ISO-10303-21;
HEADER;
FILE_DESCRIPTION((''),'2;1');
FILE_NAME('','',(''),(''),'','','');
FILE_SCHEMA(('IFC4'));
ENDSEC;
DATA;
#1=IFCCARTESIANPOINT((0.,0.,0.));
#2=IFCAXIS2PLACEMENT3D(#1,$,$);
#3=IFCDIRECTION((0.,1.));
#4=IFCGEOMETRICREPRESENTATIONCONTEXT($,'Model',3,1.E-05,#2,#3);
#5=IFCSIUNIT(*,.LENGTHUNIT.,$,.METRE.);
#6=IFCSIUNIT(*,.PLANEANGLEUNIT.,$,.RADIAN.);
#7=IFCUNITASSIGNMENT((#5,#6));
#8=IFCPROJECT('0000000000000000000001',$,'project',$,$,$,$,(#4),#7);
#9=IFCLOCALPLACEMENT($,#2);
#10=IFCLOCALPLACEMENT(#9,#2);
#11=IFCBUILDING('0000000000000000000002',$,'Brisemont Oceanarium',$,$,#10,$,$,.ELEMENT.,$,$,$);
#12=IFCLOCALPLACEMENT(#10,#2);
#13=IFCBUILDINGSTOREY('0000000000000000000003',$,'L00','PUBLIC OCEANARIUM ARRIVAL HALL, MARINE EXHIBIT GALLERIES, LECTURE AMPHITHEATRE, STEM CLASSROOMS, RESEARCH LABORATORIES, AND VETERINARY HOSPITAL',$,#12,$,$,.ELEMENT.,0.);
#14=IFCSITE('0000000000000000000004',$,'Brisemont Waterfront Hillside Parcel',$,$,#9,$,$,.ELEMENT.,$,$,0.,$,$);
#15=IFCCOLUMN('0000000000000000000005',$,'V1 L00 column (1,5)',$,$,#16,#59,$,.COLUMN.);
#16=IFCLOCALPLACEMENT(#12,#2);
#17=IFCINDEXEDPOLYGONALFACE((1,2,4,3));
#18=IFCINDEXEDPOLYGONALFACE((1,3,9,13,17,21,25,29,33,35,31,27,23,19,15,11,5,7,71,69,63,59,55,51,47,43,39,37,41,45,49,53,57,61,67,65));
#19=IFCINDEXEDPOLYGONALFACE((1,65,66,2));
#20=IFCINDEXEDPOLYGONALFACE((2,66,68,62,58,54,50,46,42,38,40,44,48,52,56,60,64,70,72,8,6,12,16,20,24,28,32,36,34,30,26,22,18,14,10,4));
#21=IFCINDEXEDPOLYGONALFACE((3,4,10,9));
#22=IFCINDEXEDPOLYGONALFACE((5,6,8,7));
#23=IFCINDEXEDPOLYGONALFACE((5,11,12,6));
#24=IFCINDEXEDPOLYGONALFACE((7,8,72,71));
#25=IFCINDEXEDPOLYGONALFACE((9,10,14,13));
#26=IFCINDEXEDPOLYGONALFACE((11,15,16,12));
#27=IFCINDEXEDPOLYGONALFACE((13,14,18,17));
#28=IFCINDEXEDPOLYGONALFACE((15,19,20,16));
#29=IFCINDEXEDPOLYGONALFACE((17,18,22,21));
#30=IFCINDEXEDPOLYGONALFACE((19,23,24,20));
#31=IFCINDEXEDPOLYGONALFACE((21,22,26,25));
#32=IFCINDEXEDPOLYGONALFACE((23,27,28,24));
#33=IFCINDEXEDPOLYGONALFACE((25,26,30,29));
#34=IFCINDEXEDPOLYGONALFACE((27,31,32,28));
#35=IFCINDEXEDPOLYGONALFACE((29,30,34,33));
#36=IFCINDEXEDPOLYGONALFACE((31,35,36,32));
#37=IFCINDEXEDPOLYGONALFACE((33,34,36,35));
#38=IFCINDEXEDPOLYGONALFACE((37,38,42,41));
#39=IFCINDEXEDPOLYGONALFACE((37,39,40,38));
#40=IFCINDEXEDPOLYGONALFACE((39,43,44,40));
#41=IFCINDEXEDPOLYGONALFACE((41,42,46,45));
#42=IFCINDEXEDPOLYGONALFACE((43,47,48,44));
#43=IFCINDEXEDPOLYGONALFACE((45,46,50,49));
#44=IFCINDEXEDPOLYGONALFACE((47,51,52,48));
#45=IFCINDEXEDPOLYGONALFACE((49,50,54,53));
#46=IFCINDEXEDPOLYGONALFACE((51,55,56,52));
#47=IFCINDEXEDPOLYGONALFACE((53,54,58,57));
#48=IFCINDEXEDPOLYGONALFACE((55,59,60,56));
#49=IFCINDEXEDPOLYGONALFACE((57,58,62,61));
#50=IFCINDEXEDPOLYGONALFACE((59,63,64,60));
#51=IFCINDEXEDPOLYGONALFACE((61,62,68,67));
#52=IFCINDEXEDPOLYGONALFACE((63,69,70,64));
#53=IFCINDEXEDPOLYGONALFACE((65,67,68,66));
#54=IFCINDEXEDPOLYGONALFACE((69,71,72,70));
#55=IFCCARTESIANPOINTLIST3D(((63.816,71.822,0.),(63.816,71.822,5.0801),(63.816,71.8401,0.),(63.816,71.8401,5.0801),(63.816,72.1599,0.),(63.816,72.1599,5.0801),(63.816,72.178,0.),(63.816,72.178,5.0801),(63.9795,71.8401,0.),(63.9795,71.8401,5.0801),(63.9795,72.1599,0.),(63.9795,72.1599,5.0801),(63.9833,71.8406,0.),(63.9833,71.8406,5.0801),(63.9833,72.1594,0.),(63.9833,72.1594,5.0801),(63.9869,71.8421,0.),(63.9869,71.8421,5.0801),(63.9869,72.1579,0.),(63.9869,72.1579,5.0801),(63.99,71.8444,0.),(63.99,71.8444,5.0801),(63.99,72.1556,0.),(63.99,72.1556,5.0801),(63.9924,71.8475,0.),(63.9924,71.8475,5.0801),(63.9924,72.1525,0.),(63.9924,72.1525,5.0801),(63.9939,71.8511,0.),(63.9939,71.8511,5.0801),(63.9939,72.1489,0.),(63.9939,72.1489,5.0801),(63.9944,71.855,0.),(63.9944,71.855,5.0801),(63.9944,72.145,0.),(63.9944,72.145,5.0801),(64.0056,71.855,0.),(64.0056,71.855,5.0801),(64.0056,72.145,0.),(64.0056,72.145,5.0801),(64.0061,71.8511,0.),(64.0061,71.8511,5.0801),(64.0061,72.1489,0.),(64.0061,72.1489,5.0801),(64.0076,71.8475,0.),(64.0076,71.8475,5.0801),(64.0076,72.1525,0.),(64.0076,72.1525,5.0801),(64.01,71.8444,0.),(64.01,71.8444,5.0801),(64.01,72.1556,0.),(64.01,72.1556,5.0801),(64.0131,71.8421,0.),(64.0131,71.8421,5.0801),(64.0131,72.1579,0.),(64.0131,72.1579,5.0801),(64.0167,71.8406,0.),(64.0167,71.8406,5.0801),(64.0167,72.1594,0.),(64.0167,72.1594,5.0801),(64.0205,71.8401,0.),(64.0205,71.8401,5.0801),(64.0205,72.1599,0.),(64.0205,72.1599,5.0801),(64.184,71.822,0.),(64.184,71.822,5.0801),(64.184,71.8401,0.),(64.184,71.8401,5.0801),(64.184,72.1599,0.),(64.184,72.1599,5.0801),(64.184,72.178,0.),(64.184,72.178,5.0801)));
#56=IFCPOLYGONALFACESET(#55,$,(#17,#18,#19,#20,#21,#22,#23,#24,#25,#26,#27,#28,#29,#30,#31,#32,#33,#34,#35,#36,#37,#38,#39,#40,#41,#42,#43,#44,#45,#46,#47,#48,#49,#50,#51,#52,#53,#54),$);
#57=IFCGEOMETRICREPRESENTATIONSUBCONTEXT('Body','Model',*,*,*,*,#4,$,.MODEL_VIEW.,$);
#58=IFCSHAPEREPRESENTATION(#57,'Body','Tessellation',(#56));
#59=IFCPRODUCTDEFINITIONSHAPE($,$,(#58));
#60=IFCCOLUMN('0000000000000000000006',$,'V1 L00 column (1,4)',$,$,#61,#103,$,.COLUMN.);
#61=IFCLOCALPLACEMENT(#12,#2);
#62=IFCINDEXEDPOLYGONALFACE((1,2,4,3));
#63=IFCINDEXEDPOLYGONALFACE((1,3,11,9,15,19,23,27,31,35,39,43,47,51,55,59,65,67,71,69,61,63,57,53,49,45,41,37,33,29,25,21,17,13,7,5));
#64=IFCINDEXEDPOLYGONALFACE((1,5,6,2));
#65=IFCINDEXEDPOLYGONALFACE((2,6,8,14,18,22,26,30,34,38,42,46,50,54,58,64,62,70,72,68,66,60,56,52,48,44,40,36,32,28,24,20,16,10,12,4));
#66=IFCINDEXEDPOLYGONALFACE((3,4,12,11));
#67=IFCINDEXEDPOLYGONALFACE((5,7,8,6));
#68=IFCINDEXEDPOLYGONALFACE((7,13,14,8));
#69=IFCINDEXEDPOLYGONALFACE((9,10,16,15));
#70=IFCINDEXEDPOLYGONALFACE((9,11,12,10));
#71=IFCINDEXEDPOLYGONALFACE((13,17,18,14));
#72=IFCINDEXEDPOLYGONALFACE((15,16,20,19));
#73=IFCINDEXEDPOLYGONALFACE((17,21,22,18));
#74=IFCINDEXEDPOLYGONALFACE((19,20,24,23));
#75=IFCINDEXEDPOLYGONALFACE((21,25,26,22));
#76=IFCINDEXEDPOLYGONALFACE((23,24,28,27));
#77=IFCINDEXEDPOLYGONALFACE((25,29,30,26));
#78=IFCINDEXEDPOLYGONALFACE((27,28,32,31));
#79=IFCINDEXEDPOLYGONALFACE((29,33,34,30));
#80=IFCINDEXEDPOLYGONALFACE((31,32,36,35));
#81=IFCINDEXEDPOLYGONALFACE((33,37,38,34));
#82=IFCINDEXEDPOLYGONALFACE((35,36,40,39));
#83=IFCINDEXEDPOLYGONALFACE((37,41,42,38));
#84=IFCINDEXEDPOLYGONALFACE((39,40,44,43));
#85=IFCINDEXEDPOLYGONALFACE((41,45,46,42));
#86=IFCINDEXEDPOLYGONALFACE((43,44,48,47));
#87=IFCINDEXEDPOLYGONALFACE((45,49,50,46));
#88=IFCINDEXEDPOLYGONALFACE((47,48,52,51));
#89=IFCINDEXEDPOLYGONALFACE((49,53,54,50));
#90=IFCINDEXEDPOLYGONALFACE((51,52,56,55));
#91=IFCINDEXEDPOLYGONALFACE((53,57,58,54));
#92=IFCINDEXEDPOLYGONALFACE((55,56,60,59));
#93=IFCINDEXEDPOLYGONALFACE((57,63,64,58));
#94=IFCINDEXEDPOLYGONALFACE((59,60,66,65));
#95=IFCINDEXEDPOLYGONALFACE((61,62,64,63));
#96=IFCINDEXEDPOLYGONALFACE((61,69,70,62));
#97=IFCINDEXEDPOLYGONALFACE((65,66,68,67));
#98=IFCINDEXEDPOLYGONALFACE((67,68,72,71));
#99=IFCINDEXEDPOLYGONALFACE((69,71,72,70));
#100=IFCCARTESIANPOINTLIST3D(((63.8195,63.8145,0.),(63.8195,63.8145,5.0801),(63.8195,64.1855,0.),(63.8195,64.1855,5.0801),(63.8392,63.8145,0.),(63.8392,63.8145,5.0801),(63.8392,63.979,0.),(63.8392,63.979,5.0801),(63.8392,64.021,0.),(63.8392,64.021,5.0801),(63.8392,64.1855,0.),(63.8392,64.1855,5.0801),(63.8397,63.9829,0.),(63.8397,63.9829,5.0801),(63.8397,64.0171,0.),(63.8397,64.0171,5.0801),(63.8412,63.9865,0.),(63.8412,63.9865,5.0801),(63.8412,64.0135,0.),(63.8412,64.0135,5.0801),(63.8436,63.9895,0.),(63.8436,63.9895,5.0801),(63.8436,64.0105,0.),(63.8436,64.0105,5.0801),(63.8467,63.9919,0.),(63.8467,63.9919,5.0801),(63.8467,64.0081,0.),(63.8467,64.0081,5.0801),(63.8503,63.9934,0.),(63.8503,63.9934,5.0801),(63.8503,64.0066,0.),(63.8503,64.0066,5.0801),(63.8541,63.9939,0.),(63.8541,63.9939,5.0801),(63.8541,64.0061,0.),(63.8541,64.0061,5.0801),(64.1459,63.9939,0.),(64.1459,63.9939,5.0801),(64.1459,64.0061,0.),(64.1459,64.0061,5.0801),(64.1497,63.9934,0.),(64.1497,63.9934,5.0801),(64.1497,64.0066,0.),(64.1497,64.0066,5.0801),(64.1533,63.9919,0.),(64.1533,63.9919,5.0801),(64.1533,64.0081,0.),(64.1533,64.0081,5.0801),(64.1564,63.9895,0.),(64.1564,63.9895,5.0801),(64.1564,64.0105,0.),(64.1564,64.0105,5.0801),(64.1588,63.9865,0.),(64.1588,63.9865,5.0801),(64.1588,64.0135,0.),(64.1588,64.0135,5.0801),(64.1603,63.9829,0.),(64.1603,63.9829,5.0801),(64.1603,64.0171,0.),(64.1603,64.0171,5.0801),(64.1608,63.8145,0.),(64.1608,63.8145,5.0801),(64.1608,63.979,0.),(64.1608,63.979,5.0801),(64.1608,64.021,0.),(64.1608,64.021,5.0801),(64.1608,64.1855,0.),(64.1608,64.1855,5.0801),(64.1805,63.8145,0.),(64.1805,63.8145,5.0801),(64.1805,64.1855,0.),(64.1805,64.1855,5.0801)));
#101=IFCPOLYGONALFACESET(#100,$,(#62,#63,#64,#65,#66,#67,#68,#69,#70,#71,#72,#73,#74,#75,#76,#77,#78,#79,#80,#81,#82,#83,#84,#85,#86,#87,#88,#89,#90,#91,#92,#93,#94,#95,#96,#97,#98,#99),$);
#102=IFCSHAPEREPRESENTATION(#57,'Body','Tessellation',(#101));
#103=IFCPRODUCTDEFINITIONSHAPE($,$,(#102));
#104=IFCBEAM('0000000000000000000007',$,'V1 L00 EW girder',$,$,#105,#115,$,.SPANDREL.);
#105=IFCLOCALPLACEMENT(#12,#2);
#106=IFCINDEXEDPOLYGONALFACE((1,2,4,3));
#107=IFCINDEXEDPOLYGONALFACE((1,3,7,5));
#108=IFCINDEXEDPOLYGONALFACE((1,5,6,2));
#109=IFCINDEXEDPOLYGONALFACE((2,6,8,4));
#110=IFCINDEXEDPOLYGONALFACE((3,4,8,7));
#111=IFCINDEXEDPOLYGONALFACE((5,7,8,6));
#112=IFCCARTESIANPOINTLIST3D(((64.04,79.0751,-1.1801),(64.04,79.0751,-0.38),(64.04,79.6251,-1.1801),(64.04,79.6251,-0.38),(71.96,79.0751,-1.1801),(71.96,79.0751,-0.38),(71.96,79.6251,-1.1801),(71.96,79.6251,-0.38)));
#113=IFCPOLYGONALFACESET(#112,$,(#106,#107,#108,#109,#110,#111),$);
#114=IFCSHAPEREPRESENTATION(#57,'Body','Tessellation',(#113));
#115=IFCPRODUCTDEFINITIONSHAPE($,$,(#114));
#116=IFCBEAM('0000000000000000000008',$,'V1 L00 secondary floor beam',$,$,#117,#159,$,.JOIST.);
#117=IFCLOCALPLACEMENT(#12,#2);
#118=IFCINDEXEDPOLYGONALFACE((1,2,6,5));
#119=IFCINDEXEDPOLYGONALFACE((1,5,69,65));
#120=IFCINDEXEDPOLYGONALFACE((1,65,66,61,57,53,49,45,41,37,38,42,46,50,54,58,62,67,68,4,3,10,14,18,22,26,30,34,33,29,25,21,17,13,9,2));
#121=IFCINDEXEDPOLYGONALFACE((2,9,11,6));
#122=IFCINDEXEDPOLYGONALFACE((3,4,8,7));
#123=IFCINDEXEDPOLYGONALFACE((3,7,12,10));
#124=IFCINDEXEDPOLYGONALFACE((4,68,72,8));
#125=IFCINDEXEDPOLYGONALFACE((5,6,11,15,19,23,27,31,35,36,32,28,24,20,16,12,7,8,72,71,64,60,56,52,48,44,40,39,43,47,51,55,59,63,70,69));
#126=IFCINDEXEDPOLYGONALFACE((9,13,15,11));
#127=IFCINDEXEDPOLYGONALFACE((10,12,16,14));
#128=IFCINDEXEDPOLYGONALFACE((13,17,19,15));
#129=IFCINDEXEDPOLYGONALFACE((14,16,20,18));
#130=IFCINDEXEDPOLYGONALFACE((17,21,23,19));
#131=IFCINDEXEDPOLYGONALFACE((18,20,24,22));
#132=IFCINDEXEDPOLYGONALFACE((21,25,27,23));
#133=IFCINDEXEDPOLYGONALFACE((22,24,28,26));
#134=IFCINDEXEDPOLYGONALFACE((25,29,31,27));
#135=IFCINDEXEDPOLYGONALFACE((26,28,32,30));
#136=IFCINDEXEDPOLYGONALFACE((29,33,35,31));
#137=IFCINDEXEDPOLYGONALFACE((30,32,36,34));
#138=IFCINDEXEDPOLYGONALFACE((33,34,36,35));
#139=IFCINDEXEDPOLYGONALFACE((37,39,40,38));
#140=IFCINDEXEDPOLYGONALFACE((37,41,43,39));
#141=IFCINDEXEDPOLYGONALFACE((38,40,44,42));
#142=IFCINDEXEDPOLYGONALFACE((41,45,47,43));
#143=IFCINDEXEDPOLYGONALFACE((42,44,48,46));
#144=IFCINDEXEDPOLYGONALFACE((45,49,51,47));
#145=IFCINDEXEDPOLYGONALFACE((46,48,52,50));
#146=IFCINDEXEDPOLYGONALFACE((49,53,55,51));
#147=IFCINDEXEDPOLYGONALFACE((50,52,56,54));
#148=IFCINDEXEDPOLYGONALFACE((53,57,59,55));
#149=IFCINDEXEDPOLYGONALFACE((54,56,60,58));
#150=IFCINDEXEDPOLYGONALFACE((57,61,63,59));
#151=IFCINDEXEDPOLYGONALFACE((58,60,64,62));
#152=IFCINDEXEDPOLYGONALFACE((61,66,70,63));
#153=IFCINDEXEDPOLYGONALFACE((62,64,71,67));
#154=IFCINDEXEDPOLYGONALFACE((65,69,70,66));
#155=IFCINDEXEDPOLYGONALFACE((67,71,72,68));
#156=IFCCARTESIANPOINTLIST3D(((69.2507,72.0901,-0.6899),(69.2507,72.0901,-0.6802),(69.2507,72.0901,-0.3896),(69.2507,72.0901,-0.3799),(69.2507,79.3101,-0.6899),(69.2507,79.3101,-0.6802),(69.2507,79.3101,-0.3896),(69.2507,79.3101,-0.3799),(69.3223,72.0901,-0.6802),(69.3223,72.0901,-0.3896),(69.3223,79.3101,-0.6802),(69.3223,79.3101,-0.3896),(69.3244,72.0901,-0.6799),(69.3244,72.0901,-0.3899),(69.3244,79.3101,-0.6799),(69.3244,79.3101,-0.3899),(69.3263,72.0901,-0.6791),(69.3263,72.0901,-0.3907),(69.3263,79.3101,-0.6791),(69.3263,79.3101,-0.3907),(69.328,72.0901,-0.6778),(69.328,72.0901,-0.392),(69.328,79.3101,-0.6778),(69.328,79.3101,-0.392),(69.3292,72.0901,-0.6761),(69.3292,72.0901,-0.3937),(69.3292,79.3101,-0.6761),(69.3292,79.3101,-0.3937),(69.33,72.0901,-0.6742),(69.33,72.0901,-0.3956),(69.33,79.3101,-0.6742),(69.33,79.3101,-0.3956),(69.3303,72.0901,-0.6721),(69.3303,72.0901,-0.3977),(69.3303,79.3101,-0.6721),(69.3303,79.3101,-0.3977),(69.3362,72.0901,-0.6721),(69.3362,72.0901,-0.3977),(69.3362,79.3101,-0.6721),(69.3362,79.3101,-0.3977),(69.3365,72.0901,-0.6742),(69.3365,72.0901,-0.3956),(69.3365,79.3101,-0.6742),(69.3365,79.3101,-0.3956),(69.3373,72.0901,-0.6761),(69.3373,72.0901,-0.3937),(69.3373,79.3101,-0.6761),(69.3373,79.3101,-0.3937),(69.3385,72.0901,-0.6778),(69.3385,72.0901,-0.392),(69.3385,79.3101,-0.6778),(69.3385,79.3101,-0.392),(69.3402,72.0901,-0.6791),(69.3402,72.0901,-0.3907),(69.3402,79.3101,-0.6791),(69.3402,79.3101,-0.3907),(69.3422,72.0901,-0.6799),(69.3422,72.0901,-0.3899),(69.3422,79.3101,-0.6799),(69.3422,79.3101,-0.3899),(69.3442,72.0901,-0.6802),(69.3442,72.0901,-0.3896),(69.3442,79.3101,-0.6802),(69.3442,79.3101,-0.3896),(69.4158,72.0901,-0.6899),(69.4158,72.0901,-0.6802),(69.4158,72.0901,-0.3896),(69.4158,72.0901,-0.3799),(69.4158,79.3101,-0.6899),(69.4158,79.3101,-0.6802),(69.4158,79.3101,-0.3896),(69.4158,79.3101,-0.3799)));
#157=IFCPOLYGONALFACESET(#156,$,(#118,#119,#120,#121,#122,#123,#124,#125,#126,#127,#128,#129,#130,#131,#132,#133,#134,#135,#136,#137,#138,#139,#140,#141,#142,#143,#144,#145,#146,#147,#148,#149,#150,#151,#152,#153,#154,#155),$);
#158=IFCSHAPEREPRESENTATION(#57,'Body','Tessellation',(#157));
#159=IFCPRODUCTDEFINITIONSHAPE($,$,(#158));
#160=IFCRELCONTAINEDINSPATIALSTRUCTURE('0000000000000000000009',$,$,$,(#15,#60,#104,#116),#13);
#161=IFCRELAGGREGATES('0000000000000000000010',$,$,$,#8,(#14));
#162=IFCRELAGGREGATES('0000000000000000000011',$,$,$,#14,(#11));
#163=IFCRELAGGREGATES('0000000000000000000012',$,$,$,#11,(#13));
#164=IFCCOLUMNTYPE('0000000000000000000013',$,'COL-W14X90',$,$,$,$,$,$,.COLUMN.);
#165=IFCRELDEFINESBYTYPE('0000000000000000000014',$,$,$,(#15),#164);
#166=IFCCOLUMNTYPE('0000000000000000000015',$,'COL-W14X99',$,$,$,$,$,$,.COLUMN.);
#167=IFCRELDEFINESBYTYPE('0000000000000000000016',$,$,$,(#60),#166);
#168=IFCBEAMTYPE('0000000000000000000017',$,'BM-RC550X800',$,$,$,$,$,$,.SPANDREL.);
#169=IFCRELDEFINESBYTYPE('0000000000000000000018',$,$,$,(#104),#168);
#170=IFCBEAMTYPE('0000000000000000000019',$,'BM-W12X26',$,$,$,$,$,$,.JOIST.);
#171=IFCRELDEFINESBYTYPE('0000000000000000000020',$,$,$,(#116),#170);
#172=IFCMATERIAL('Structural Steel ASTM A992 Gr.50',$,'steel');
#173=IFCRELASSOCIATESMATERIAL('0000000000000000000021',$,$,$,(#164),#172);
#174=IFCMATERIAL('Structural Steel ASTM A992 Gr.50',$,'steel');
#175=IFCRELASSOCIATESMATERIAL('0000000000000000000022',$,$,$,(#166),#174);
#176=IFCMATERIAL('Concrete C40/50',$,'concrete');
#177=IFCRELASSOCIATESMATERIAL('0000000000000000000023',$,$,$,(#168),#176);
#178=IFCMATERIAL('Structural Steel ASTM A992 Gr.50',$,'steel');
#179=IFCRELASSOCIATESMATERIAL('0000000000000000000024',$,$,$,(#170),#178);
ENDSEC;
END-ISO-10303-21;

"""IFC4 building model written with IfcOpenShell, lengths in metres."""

from ifc_helpers import new_model, si_unit, direction, frame, origin, origin_2d, place, context, subcontext, project, spatial, rectangle, i_section, extrude, material, material_profile, profile_set, type_object, element, save


model = new_model("IFC4")

# Units and contexts
model_context = context("Model", 3, precision=1e-05, world=origin(), true_north=direction((0.0, 1.0)))
body_context = subcontext(model_context, "Body", "Model", "MODEL_VIEW")
ifc_project = project(units=[si_unit("LENGTHUNIT", "METRE"), si_unit("PLANEANGLEUNIT", "RADIAN")], contexts=[model_context])

# Site, building, storey
site_placement = place(None, origin())
site = spatial("IfcSite", under=ifc_project, at=site_placement, Name="Brisemont Waterfront Hillside Parcel", CompositionType="ELEMENT", RefElevation=0.0)
building_placement = place(site_placement, origin())
building = spatial("IfcBuilding", under=site, at=building_placement, Name="Brisemont Oceanarium", CompositionType="ELEMENT")
storey_placement = place(building_placement, origin())
storey = spatial("IfcBuildingStorey", under=building, at=storey_placement, Name="L00", Description="PUBLIC OCEANARIUM ARRIVAL HALL, MARINE EXHIBIT GALLERIES, LECTURE AMPHITHEATRE, STEM CLASSROOMS, RESEARCH LABORATORIES, AND VETERINARY HOSPITAL", CompositionType="ELEMENT", Elevation=0.0)

# Columns
ifc_material_1 = material(Name="Structural Steel ASTM A992 Gr.50", Category="steel")
ifc_material_profile_1 = material_profile(ifc_material_1, i_section(OverallWidth=0.3679, OverallDepth=0.356, WebThickness=0.0112, FlangeThickness=0.0181, FilletRadius=0.0149, at=origin_2d()), Name="W14X90")
ifc_profile_set_1 = profile_set([ifc_material_profile_1], Name="Structural Steel ASTM A992 Gr.50")
column_type_1 = type_object("IfcColumnType", Name="COL-W14X90", PredefinedType="COLUMN", material=ifc_profile_set_1)
column_1_placement = place(storey_placement, frame((64.0, 72.0, 0.0), z_axis=(0.0, 0.0, 1.0), x_axis=(1.0, 0.0, 0.0)))
element("IfcColumn", 1, at=column_1_placement, inside=storey, type_object=column_type_1, Name="V1 L00 column (1,5)", PredefinedType="COLUMN", context=body_context, shape_type="SweptSolid", body=[
    extrude(i_section(OverallWidth=0.3679, OverallDepth=0.356, WebThickness=0.0112, FlangeThickness=0.0181, FilletRadius=0.0149, at=origin_2d()), origin(), (0.0, 0.0, 1.0), 5.0801),
])
ifc_material_2 = material(Name="Structural Steel ASTM A992 Gr.50", Category="steel")
ifc_material_profile_2 = material_profile(ifc_material_2, i_section(OverallWidth=0.3711, OverallDepth=0.3611, WebThickness=0.0122, FlangeThickness=0.0198, FilletRadius=0.0149, at=origin_2d()), Name="W14X99")
ifc_profile_set_2 = profile_set([ifc_material_profile_2], Name="Structural Steel ASTM A992 Gr.50")
column_type_2 = type_object("IfcColumnType", Name="COL-W14X99", PredefinedType="COLUMN", material=ifc_profile_set_2)
column_2_placement = place(storey_placement, frame((64.0, 64.0, 0.0), z_axis=(0.0, 0.0, 1.0), x_axis=(0.0, 1.0, 0.0)))
element("IfcColumn", 2, at=column_2_placement, inside=storey, type_object=column_type_2, Name="V1 L00 column (1,4)", PredefinedType="COLUMN", context=body_context, shape_type="SweptSolid", body=[
    extrude(i_section(OverallWidth=0.3711, OverallDepth=0.3611, WebThickness=0.0122, FlangeThickness=0.0198, FilletRadius=0.0149, at=origin_2d()), origin(), (0.0, 0.0, 1.0), 5.0801),
])

# Beams
ifc_material_3 = material(Name="Concrete C40/50", Category="concrete")
ifc_material_profile_3 = material_profile(ifc_material_3, rectangle(XDim=0.55, YDim=0.8, at=origin_2d()), Name="RC-BM-550X800")
ifc_profile_set_3 = profile_set([ifc_material_profile_3], Name="Concrete C40/50")
beam_type_1 = type_object("IfcBeamType", Name="BM-RC550X800", PredefinedType="SPANDREL", material=ifc_profile_set_3)
beam_1_placement = place(storey_placement, frame((64.04, 79.3501, -0.78), z_axis=(1.0, 0.0, 0.0), x_axis=(0.0, 1.0, 0.0)))
element("IfcBeam", 3, at=beam_1_placement, inside=storey, type_object=beam_type_1, Name="V1 L00 EW girder", PredefinedType="SPANDREL", context=body_context, shape_type="SweptSolid", body=[
    extrude(rectangle(XDim=0.55, YDim=0.8, at=origin_2d()), origin(), (0.0, 0.0, 1.0), 7.9199),
])
ifc_material_4 = material(Name="Structural Steel ASTM A992 Gr.50", Category="steel")
ifc_material_profile_4 = material_profile(ifc_material_4, i_section(OverallWidth=0.165, OverallDepth=0.3101, WebThickness=0.0059, FlangeThickness=0.0098, FilletRadius=0.0081, at=origin_2d()), Name="W12X26")
ifc_profile_set_4 = profile_set([ifc_material_profile_4], Name="Structural Steel ASTM A992 Gr.50")
beam_type_2 = type_object("IfcBeamType", Name="BM-W12X26", PredefinedType="JOIST", material=ifc_profile_set_4)
for number, where, z_axis, x_axis, name in (
    (4, (69.3333, 72.0901, -0.5349), (0.0, 1.0, 0.0), (-1.0, 0.0, 0.0), "V1 L00 secondary floor beam"),
):
    element("IfcBeam", number, at=place(storey_placement, frame(where, z_axis=z_axis, x_axis=x_axis)), inside=storey, type_object=beam_type_2, Name=name, PredefinedType="JOIST", context=body_context, shape_type="SweptSolid", body=[
        extrude(i_section(OverallWidth=0.165, OverallDepth=0.3101, WebThickness=0.0059, FlangeThickness=0.0098, FilletRadius=0.0081, at=origin_2d()), origin(), (0.0, 0.0, 1.0), 7.22),
    ])

save(model, "model.ifc")
